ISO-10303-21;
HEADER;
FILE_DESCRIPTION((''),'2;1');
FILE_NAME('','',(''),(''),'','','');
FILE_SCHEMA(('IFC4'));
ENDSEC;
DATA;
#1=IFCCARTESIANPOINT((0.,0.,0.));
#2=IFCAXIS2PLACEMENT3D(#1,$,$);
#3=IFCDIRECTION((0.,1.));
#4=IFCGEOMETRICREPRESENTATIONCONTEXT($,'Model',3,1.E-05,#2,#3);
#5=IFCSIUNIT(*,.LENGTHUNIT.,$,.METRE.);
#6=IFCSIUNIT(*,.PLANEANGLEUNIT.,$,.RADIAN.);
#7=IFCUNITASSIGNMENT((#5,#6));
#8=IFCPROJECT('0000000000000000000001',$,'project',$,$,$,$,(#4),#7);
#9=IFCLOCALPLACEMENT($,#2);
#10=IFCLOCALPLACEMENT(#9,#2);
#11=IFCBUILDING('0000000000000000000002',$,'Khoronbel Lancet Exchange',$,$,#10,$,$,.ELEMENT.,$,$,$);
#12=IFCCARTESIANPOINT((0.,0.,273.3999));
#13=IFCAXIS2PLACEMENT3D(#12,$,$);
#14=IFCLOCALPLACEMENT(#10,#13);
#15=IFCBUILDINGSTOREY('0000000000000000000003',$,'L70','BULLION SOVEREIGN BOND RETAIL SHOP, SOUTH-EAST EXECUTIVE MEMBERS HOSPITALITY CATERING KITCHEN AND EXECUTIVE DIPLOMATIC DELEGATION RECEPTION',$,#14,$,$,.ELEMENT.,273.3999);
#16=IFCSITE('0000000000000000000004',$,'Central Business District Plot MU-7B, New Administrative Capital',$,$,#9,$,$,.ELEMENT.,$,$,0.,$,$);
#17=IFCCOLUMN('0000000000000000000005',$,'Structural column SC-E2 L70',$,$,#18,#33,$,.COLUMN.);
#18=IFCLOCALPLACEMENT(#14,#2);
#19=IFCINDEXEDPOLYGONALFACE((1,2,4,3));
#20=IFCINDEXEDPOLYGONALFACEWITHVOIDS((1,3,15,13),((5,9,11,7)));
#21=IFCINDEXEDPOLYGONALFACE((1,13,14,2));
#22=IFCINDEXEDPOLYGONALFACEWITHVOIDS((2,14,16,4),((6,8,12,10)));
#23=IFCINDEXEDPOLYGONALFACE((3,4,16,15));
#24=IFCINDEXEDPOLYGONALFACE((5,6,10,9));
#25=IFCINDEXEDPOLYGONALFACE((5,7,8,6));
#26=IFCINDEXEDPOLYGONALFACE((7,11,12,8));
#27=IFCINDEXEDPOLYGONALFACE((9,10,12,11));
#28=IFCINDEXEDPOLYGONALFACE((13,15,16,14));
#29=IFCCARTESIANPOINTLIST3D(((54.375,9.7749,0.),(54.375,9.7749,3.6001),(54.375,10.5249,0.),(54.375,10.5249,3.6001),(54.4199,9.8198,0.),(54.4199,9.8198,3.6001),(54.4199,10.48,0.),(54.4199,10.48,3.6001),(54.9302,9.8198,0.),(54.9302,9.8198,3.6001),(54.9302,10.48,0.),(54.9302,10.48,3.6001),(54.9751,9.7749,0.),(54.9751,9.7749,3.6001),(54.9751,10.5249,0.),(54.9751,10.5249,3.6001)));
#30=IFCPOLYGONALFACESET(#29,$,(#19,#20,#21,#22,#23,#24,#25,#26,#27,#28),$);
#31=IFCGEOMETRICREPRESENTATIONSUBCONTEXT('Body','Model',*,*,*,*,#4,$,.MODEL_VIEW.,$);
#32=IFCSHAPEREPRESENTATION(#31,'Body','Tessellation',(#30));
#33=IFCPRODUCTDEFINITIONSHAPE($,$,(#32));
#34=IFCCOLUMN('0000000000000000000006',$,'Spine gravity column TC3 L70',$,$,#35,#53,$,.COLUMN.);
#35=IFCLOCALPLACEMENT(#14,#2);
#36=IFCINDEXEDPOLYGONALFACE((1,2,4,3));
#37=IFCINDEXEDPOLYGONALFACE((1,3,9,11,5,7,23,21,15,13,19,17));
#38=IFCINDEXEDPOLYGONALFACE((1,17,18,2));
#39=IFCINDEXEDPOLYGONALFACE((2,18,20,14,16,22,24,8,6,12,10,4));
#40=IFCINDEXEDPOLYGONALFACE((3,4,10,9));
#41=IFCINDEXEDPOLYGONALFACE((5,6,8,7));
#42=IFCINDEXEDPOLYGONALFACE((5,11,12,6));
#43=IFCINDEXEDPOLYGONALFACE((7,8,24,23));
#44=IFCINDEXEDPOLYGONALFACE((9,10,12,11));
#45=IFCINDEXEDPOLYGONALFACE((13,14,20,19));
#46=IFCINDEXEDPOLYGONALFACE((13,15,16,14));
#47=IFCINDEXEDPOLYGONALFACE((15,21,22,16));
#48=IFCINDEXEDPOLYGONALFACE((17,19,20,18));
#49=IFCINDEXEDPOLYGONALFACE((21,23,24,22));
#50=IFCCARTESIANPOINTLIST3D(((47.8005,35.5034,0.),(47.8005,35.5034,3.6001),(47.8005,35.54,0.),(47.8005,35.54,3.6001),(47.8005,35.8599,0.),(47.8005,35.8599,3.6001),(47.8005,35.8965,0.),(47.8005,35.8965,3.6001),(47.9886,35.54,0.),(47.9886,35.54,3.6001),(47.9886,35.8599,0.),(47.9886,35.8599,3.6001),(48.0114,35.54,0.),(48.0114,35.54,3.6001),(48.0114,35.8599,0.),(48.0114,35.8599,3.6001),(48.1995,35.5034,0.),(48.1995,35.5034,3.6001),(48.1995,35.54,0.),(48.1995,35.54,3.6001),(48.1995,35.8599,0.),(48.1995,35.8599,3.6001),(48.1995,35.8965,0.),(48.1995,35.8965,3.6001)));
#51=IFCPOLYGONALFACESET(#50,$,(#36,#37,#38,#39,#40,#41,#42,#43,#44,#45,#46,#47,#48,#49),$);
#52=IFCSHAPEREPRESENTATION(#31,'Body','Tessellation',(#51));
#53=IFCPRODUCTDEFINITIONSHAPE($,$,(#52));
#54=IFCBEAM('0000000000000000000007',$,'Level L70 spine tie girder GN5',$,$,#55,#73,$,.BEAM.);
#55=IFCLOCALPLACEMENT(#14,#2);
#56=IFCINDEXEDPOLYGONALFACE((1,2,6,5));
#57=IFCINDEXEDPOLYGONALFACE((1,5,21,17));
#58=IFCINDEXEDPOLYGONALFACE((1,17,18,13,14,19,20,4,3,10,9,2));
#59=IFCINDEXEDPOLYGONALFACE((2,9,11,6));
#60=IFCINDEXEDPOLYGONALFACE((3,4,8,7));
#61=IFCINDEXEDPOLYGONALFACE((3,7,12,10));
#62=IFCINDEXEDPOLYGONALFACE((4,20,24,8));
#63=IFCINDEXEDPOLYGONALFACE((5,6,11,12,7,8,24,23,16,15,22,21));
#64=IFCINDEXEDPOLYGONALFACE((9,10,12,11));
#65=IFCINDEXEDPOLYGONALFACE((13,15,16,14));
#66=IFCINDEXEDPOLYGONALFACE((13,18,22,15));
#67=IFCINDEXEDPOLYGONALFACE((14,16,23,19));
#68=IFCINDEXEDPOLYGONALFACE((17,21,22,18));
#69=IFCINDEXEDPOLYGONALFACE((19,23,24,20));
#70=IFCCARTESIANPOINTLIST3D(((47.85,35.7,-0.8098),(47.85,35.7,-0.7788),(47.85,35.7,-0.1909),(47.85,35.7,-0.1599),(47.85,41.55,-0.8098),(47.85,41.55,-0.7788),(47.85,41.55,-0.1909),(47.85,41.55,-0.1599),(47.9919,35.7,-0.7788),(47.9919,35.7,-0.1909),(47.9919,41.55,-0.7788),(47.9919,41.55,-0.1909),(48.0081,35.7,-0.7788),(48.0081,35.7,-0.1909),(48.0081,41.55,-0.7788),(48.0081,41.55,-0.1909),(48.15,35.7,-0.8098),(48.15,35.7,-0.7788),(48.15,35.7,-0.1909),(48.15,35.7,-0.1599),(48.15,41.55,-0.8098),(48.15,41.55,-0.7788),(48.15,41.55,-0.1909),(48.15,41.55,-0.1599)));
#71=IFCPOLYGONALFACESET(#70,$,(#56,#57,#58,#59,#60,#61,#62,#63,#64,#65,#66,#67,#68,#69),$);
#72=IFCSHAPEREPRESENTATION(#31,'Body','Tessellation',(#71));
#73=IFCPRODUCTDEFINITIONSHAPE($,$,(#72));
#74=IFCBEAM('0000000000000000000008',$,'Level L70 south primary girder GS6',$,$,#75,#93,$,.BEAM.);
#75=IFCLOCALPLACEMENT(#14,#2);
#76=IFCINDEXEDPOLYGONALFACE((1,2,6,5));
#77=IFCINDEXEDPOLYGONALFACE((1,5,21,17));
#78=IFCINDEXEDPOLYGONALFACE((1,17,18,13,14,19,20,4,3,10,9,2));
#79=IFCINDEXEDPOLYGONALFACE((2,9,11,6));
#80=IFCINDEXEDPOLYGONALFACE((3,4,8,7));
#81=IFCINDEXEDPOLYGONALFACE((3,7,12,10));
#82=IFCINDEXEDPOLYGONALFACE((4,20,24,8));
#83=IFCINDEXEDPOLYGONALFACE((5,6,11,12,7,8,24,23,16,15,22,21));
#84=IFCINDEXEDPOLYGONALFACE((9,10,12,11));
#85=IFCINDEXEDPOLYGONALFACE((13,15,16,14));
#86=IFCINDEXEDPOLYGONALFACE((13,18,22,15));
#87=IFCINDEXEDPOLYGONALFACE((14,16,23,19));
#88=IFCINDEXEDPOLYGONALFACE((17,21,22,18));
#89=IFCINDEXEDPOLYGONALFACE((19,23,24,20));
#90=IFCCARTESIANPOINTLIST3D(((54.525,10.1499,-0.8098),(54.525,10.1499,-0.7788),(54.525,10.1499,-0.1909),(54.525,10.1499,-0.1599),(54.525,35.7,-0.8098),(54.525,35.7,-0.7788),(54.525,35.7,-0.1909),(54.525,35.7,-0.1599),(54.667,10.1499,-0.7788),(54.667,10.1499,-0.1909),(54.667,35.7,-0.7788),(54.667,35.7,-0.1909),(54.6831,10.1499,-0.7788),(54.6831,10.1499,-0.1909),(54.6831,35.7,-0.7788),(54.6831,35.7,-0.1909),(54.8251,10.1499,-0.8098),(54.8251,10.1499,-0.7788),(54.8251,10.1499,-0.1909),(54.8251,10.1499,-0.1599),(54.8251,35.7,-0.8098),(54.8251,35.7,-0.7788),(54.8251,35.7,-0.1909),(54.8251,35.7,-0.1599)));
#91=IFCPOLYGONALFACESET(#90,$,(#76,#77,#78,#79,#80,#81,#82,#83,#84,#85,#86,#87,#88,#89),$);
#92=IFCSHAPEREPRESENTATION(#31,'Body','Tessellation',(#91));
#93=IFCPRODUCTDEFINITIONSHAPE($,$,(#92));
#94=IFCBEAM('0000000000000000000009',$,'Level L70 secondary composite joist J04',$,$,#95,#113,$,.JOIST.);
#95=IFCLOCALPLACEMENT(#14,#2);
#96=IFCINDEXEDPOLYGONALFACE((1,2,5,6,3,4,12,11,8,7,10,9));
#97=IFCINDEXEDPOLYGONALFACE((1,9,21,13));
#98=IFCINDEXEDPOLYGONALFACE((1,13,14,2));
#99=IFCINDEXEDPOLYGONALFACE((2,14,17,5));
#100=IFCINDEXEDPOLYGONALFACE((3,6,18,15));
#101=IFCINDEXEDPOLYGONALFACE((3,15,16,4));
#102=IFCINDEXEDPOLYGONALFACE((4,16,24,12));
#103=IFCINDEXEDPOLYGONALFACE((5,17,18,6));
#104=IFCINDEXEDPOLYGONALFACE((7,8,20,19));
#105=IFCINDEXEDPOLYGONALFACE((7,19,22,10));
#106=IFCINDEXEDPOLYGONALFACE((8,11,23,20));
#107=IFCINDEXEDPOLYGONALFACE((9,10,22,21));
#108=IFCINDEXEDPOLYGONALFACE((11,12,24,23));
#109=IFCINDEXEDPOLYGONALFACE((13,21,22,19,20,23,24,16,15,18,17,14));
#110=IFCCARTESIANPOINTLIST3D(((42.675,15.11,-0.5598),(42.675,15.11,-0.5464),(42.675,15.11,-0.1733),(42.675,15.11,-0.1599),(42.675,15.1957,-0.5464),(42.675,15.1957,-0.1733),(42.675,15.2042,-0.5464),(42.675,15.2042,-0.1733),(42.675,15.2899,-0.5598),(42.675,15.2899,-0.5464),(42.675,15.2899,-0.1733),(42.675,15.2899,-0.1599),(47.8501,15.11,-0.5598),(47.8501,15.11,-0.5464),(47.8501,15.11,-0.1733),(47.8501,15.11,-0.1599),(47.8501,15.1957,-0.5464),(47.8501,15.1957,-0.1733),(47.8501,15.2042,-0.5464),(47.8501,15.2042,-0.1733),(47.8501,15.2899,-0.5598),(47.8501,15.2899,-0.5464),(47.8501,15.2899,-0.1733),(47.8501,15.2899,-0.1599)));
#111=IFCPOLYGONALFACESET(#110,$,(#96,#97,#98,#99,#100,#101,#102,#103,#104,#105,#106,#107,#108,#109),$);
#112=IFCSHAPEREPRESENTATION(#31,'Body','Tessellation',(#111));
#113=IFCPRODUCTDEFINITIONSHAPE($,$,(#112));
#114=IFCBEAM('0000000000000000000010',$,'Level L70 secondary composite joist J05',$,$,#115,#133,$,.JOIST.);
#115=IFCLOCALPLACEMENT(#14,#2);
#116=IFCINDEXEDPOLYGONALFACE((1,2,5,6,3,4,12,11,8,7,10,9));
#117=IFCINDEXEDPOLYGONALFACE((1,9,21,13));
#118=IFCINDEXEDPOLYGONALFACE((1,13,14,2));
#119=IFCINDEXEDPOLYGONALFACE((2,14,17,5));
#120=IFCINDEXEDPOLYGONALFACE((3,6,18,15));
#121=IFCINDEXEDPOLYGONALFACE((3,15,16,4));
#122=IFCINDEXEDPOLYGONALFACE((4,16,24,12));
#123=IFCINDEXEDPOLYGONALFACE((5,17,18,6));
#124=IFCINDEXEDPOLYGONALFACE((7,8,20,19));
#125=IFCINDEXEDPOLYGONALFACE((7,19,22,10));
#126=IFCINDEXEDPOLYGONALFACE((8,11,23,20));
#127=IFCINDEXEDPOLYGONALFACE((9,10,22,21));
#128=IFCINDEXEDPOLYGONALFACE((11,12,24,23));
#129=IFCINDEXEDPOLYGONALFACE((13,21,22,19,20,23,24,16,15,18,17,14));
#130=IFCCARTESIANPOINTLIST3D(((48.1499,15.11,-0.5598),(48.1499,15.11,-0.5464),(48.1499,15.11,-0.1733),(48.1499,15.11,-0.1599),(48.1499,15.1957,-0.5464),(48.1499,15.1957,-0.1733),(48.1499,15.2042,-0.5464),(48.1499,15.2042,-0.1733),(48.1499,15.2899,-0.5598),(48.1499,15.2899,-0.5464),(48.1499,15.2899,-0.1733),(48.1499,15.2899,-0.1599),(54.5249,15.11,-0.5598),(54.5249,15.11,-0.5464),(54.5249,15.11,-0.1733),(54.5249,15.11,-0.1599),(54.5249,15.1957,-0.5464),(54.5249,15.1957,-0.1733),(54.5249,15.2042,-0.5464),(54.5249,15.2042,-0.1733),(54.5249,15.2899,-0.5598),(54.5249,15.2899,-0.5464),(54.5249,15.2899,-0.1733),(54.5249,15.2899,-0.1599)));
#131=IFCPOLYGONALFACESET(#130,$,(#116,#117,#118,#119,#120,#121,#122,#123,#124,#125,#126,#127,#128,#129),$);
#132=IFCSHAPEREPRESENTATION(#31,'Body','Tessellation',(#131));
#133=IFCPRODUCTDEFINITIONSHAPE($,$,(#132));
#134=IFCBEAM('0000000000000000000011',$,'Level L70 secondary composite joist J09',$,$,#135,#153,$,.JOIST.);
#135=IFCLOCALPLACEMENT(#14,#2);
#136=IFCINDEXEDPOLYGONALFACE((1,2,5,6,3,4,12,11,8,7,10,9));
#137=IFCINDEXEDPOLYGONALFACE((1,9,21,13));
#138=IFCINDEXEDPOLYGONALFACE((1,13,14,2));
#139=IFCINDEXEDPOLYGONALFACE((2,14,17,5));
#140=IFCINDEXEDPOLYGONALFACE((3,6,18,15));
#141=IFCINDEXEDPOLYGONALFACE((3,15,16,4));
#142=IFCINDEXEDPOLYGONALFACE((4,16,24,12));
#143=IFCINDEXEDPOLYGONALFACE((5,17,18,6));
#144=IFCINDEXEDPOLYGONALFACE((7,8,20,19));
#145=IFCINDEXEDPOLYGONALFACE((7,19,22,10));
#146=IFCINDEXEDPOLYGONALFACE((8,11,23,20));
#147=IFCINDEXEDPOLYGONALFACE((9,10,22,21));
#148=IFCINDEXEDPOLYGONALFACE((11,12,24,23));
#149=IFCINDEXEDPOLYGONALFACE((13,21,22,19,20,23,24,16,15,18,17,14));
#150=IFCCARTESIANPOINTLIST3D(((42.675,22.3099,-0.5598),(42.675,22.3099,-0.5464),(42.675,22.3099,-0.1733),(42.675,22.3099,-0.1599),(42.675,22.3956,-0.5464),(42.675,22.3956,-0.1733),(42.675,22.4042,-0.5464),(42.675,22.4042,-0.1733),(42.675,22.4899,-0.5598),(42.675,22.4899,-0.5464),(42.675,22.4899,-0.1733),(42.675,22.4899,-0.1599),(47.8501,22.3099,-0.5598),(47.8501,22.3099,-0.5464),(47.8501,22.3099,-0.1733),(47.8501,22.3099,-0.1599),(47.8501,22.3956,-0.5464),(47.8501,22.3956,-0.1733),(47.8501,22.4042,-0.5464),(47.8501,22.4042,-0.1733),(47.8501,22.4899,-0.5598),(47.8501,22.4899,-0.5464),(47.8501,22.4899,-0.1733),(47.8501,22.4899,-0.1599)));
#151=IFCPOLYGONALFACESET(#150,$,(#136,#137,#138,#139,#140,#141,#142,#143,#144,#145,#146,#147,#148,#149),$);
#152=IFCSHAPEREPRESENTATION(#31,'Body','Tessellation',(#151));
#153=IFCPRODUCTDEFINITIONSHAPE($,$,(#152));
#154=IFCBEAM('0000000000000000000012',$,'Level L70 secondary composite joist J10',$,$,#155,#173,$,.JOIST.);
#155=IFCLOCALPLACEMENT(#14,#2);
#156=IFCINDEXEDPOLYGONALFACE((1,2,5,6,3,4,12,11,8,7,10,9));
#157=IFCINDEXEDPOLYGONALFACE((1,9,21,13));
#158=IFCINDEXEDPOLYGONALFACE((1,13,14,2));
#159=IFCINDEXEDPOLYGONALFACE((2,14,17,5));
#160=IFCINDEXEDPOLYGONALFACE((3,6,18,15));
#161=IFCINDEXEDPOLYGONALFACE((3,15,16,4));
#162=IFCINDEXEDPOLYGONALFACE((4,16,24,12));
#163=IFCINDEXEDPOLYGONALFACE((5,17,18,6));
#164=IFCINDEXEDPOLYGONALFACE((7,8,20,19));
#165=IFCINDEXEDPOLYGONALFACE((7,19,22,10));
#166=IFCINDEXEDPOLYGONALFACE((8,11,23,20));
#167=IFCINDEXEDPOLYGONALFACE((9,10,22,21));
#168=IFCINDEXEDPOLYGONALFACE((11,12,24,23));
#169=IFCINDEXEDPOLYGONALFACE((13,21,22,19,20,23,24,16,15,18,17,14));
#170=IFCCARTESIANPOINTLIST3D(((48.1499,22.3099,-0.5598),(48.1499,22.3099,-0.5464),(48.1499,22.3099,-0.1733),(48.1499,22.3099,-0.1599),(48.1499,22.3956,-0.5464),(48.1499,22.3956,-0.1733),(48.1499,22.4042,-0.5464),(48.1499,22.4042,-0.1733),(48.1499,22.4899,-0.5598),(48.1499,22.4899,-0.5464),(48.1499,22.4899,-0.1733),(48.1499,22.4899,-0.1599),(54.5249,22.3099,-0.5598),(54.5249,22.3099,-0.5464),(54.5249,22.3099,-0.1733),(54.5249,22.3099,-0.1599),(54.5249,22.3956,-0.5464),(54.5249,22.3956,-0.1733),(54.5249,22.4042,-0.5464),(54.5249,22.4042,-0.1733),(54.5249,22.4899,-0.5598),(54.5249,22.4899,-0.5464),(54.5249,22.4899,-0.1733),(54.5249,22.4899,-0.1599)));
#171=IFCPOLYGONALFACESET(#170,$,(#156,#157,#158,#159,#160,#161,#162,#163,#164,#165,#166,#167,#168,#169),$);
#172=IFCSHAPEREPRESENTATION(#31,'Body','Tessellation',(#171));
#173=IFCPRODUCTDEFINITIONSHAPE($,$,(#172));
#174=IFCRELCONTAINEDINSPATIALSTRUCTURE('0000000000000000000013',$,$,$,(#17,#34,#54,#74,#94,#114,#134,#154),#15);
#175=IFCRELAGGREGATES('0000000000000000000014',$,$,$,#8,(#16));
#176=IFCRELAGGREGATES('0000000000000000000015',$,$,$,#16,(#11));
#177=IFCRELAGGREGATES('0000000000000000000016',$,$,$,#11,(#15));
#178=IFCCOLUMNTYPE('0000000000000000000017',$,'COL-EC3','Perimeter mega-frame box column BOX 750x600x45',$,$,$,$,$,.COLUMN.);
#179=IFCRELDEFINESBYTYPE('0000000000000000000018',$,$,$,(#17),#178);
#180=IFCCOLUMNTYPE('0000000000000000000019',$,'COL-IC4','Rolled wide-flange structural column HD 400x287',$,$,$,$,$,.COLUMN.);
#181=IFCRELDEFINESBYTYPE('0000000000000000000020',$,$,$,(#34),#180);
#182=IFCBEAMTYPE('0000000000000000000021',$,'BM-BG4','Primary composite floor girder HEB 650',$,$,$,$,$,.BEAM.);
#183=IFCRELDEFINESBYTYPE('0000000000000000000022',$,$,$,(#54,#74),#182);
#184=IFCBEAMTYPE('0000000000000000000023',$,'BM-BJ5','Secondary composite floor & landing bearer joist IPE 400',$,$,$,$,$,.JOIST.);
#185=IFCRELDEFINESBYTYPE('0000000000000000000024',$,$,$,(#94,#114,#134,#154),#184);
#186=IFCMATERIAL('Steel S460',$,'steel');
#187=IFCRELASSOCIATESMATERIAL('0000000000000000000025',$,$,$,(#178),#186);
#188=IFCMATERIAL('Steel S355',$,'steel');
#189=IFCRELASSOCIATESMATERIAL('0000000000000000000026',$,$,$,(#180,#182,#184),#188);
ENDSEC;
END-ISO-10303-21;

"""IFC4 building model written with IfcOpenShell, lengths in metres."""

from ifc_helpers import new_model, si_unit, direction, frame, origin, origin_2d, place, context, subcontext, project, spatial, hollow_rectangle, i_section, extrude, material, material_profile, profile_set, type_object, element, save


model = new_model("IFC4")

# Units and contexts
model_context = context("Model", 3, precision=1e-05, world=origin(), true_north=direction((0.0, 1.0)))
body_context = subcontext(model_context, "Body", "Model", "MODEL_VIEW")
ifc_project = project(units=[si_unit("LENGTHUNIT", "METRE"), si_unit("PLANEANGLEUNIT", "RADIAN")], contexts=[model_context])

# Site, building, storey
site_placement = place(None, origin())
site = spatial("IfcSite", under=ifc_project, at=site_placement, Name="Central Business District Plot MU-7B, New Administrative Capital", CompositionType="ELEMENT", RefElevation=0.0)
building_placement = place(site_placement, origin())
building = spatial("IfcBuilding", under=site, at=building_placement, Name="Khoronbel Lancet Exchange", CompositionType="ELEMENT")
storey_placement = place(building_placement, frame((0.0, 0.0, 273.3999)))
storey = spatial("IfcBuildingStorey", under=building, at=storey_placement, Name="L70", Description="BULLION SOVEREIGN BOND RETAIL SHOP, SOUTH-EAST EXECUTIVE MEMBERS HOSPITALITY CATERING KITCHEN AND EXECUTIVE DIPLOMATIC DELEGATION RECEPTION", CompositionType="ELEMENT", Elevation=273.3999)

# Columns
ifc_material_1 = material(Name="Steel S460", Category="steel")
ifc_material_profile_1 = material_profile(ifc_material_1, hollow_rectangle(XDim=0.6001, YDim=0.75, WallThickness=0.0449, at=origin_2d()), Name="BOX 750x600x45")
ifc_profile_set_1 = profile_set([ifc_material_profile_1], Name="Steel S460")
column_type_1 = type_object("IfcColumnType", Name="COL-EC3", Description="Perimeter mega-frame box column BOX 750x600x45", PredefinedType="COLUMN", material=ifc_profile_set_1)
column_1_placement = place(storey_placement, frame((54.675, 10.1499, 0.0), z_axis=(0.0, 0.0, 1.0), x_axis=(1.0, 0.0, 0.0)))
element("IfcColumn", 1, at=column_1_placement, inside=storey, type_object=column_type_1, Name="Structural column SC-E2 L70", PredefinedType="COLUMN", context=body_context, shape_type="SweptSolid", body=[
    extrude(hollow_rectangle(XDim=0.6001, YDim=0.75, WallThickness=0.0449, at=origin_2d()), origin(), (0.0, 0.0, 1.0), 3.6001),
])
ifc_material_2 = material(Name="Steel S355", Category="steel")
ifc_material_profile_2 = material_profile(ifc_material_2, i_section(OverallWidth=0.3989, OverallDepth=0.3931, WebThickness=0.0227, FlangeThickness=0.0366, at=origin_2d()), Name="HD 400x287")
ifc_profile_set_2 = profile_set([ifc_material_profile_2], Name="Steel S355")
column_type_2 = type_object("IfcColumnType", Name="COL-IC4", Description="Rolled wide-flange structural column HD 400x287", PredefinedType="COLUMN", material=ifc_profile_set_2)
column_2_placement = place(storey_placement, frame((48.0, 35.7, 0.0), z_axis=(0.0, 0.0, 1.0), x_axis=(1.0, 0.0, 0.0)))
element("IfcColumn", 2, at=column_2_placement, inside=storey, type_object=column_type_2, Name="Spine gravity column TC3 L70", PredefinedType="COLUMN", context=body_context, shape_type="SweptSolid", body=[
    extrude(i_section(OverallWidth=0.3989, OverallDepth=0.3931, WebThickness=0.0227, FlangeThickness=0.0366, at=origin_2d()), origin(), (0.0, 0.0, 1.0), 3.6001),
])

# Beams
ifc_material_profile_3 = material_profile(ifc_material_2, i_section(OverallWidth=0.3, OverallDepth=0.6499, WebThickness=0.0161, FlangeThickness=0.031, at=origin_2d()), Name="HEB 650")
ifc_profile_set_3 = profile_set([ifc_material_profile_3], Name="Steel S355")
beam_type_1 = type_object("IfcBeamType", Name="BM-BG4", Description="Primary composite floor girder HEB 650", PredefinedType="BEAM", material=ifc_profile_set_3)
beam_1_placement = place(storey_placement, frame((48.0, 35.7, -0.4849), z_axis=(0.0, 1.0, 0.0), x_axis=(-1.0, 0.0, 0.0)))
element("IfcBeam", 3, at=beam_1_placement, inside=storey, type_object=beam_type_1, Name="Level L70 spine tie girder GN5", PredefinedType="BEAM", context=body_context, shape_type="SweptSolid", body=[
    extrude(i_section(OverallWidth=0.3, OverallDepth=0.6499, WebThickness=0.0161, FlangeThickness=0.031, at=origin_2d()), origin(), (0.0, 0.0, 1.0), 5.8501),
])
beam_2_placement = place(storey_placement, frame((54.675, 10.1499, -0.4849), z_axis=(0.0, 1.0, 0.0), x_axis=(-1.0, 0.0, 0.0)))
element("IfcBeam", 4, at=beam_2_placement, inside=storey, type_object=beam_type_1, Name="Level L70 south primary girder GS6", PredefinedType="BEAM", context=body_context, shape_type="SweptSolid", body=[
    extrude(i_section(OverallWidth=0.3, OverallDepth=0.6499, WebThickness=0.0161, FlangeThickness=0.031, at=origin_2d()), origin(), (0.0, 0.0, 1.0), 25.55),
])
ifc_material_profile_4 = material_profile(ifc_material_2, i_section(OverallWidth=0.1799, OverallDepth=0.3999, WebThickness=0.0085, FlangeThickness=0.0134, at=origin_2d()), Name="IPE 400")
ifc_profile_set_4 = profile_set([ifc_material_profile_4], Name="Steel S355")
beam_type_2 = type_object("IfcBeamType", Name="BM-BJ5", Description="Secondary composite floor & landing bearer joist IPE 400", PredefinedType="JOIST", material=ifc_profile_set_4)
beam_3_placement = place(storey_placement, frame((42.675, 15.2, -0.3599), z_axis=(1.0, 0.0, 0.0), x_axis=(0.0, 1.0, 0.0)))
element("IfcBeam", 5, at=beam_3_placement, inside=storey, type_object=beam_type_2, Name="Level L70 secondary composite joist J04", PredefinedType="JOIST", context=body_context, shape_type="SweptSolid", body=[
    extrude(i_section(OverallWidth=0.1799, OverallDepth=0.3999, WebThickness=0.0085, FlangeThickness=0.0134, at=origin_2d()), origin(), (0.0, 0.0, 1.0), 5.175),
])
beam_4_placement = place(storey_placement, frame((48.1499, 15.2, -0.3599), z_axis=(1.0, 0.0, 0.0), x_axis=(0.0, 1.0, 0.0)))
element("IfcBeam", 6, at=beam_4_placement, inside=storey, type_object=beam_type_2, Name="Level L70 secondary composite joist J05", PredefinedType="JOIST", context=body_context, shape_type="SweptSolid", body=[
    extrude(i_section(OverallWidth=0.1799, OverallDepth=0.3999, WebThickness=0.0085, FlangeThickness=0.0134, at=origin_2d()), origin(), (0.0, 0.0, 1.0), 6.375),
])
beam_5_placement = place(storey_placement, frame((42.675, 22.3999, -0.3599), z_axis=(1.0, 0.0, 0.0), x_axis=(0.0, 1.0, 0.0)))
element("IfcBeam", 7, at=beam_5_placement, inside=storey, type_object=beam_type_2, Name="Level L70 secondary composite joist J09", PredefinedType="JOIST", context=body_context, shape_type="SweptSolid", body=[
    extrude(i_section(OverallWidth=0.1799, OverallDepth=0.3999, WebThickness=0.0085, FlangeThickness=0.0134, at=origin_2d()), origin(), (0.0, 0.0, 1.0), 5.175),
])
beam_6_placement = place(storey_placement, frame((48.1499, 22.3999, -0.3599), z_axis=(1.0, 0.0, 0.0), x_axis=(0.0, 1.0, 0.0)))
element("IfcBeam", 8, at=beam_6_placement, inside=storey, type_object=beam_type_2, Name="Level L70 secondary composite joist J10", PredefinedType="JOIST", context=body_context, shape_type="SweptSolid", body=[
    extrude(i_section(OverallWidth=0.1799, OverallDepth=0.3999, WebThickness=0.0085, FlangeThickness=0.0134, at=origin_2d()), origin(), (0.0, 0.0, 1.0), 6.375),
])

save(model, "model.ifc")
